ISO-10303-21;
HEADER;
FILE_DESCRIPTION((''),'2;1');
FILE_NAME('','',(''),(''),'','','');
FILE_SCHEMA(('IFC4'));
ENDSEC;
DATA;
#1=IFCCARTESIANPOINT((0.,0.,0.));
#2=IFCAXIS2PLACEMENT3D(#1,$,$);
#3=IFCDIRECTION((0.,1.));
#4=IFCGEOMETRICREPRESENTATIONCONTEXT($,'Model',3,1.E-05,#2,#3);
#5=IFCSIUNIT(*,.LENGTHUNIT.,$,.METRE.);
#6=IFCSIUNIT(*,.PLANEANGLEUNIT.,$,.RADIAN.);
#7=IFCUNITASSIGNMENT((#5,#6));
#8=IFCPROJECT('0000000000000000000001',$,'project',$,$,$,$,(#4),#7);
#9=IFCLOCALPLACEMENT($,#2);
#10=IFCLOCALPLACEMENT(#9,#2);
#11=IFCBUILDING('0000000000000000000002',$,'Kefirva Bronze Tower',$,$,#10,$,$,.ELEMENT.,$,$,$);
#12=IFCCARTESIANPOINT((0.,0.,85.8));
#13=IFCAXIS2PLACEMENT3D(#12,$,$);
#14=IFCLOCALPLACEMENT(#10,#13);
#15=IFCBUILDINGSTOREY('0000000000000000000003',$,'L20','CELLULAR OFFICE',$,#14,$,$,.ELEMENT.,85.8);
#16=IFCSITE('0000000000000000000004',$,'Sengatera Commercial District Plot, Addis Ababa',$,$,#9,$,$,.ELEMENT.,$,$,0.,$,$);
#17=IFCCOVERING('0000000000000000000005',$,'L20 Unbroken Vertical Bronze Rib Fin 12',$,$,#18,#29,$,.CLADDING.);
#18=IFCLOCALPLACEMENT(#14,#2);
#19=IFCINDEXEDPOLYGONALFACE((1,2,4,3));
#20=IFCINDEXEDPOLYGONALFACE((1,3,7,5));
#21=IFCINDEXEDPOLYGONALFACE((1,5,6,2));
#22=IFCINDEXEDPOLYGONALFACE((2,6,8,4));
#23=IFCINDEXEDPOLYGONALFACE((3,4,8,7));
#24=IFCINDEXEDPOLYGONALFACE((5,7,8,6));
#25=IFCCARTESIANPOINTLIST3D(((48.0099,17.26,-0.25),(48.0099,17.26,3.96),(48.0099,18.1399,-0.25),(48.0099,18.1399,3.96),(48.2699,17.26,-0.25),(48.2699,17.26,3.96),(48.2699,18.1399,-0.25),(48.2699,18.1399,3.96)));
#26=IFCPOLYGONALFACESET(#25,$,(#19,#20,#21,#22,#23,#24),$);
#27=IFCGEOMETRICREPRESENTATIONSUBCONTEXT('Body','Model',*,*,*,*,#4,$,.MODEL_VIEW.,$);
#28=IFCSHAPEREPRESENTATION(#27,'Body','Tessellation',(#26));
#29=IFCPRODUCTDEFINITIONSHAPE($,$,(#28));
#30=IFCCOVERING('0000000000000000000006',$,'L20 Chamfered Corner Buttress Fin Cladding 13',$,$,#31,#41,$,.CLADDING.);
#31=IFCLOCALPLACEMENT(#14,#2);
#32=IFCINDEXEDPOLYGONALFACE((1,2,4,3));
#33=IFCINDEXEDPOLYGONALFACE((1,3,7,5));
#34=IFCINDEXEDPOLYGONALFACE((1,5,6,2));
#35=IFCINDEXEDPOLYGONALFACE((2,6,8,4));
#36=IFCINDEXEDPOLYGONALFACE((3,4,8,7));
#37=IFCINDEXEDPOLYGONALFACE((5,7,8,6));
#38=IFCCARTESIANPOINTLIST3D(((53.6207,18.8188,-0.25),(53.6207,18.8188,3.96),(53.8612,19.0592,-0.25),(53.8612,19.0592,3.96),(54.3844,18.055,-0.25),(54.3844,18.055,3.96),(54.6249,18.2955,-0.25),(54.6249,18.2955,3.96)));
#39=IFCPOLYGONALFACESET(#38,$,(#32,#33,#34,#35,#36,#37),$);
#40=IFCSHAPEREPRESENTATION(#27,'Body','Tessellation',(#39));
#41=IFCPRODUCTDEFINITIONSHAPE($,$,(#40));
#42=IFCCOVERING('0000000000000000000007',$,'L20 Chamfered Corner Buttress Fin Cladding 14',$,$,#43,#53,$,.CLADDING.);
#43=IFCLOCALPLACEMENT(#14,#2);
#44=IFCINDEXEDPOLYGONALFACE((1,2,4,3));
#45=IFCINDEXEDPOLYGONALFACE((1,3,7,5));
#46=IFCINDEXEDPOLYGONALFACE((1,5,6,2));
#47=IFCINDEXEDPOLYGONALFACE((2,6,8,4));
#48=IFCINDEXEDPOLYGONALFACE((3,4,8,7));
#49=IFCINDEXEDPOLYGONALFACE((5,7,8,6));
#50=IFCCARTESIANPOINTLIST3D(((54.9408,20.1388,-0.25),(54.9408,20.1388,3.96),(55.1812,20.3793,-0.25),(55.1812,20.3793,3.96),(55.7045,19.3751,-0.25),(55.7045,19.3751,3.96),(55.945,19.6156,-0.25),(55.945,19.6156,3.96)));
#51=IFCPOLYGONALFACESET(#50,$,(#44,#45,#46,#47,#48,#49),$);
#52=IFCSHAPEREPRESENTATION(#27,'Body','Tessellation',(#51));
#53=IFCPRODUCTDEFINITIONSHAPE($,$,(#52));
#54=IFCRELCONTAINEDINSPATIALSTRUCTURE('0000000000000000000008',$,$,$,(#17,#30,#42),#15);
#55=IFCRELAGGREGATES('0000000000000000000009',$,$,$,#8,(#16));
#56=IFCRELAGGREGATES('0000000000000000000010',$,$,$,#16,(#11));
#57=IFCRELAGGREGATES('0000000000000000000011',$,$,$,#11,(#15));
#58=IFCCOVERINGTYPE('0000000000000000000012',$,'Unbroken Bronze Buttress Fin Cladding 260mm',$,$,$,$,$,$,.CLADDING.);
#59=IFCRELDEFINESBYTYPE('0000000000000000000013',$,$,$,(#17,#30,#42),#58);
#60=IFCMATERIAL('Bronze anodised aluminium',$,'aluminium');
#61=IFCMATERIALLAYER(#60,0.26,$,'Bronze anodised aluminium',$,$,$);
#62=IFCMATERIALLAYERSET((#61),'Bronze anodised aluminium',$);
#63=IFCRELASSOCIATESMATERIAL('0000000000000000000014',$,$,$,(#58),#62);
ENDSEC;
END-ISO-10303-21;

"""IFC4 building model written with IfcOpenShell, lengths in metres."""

from ifc_helpers import new_model, si_unit, direction, frame, origin, origin_2d, place, context, subcontext, project, spatial, rectangle, extrude, material, layer, layer_set, type_object, element, save


model = new_model("IFC4")

# Units and contexts
model_context = context("Model", 3, precision=1e-05, world=origin(), true_north=direction((0.0, 1.0)))
body_context = subcontext(model_context, "Body", "Model", "MODEL_VIEW")
ifc_project = project(units=[si_unit("LENGTHUNIT", "METRE"), si_unit("PLANEANGLEUNIT", "RADIAN")], contexts=[model_context])

# Site, building, storey
site_placement = place(None, origin())
site = spatial("IfcSite", under=ifc_project, at=site_placement, Name="Sengatera Commercial District Plot, Addis Ababa", CompositionType="ELEMENT", RefElevation=0.0)
building_placement = place(site_placement, origin())
building = spatial("IfcBuilding", under=site, at=building_placement, Name="Kefirva Bronze Tower", CompositionType="ELEMENT")
storey_placement = place(building_placement, frame((0.0, 0.0, 85.8)))
storey = spatial("IfcBuildingStorey", under=building, at=storey_placement, Name="L20", Description="CELLULAR OFFICE", CompositionType="ELEMENT", Elevation=85.8)

# Shared definitions
ifc_material_1 = material(Name="Bronze anodised aluminium", Category="aluminium")

# Coverings
ifc_layer_1 = layer(ifc_material_1, 0.26, Name="Bronze anodised aluminium")
ifc_layer_set_1 = layer_set([ifc_layer_1], Name="Bronze anodised aluminium")
covering_type_1 = type_object("IfcCoveringType", Name="Unbroken Bronze Buttress Fin Cladding 260mm", PredefinedType="CLADDING", material=ifc_layer_set_1)
for number, where, z_axis, x_axis, name in (
    (1, (48.1399, 17.7, -0.25), (0.0, 0.0, 1.0), (1.0, 0.0, 0.0), "L20 Unbroken Vertical Bronze Rib Fin 12"),
):
    element("IfcCovering", number, at=place(storey_placement, frame(where, z_axis=z_axis, x_axis=x_axis)), inside=storey, type_object=covering_type_1, Name=name, PredefinedType="CLADDING", context=body_context, shape_type="SweptSolid", body=[
        extrude(rectangle(XDim=0.26, YDim=0.8799, at=origin_2d()), origin(), (0.0, 0.0, 1.0), 4.21),
    ])
for number, where, z_axis, x_axis, name in (
    (2, (54.1228, 18.5571, -0.25), (0.0, 0.0, 1.0), (0.707107, 0.707107, 0.0), "L20 Chamfered Corner Buttress Fin Cladding 13"),
    (3, (55.4429, 19.8772, -0.25), (0.0, 0.0, 1.0), (0.707107, 0.707107, 0.0), "L20 Chamfered Corner Buttress Fin Cladding 14"),
):
    element("IfcCovering", number, at=place(storey_placement, frame(where, z_axis=z_axis, x_axis=x_axis)), inside=storey, type_object=covering_type_1, Name=name, PredefinedType="CLADDING", context=body_context, shape_type="SweptSolid", body=[
        extrude(rectangle(XDim=0.3401, YDim=1.0801, at=origin_2d()), origin(), (0.0, 0.0, 1.0), 4.21),
    ])

save(model, "model.ifc")
